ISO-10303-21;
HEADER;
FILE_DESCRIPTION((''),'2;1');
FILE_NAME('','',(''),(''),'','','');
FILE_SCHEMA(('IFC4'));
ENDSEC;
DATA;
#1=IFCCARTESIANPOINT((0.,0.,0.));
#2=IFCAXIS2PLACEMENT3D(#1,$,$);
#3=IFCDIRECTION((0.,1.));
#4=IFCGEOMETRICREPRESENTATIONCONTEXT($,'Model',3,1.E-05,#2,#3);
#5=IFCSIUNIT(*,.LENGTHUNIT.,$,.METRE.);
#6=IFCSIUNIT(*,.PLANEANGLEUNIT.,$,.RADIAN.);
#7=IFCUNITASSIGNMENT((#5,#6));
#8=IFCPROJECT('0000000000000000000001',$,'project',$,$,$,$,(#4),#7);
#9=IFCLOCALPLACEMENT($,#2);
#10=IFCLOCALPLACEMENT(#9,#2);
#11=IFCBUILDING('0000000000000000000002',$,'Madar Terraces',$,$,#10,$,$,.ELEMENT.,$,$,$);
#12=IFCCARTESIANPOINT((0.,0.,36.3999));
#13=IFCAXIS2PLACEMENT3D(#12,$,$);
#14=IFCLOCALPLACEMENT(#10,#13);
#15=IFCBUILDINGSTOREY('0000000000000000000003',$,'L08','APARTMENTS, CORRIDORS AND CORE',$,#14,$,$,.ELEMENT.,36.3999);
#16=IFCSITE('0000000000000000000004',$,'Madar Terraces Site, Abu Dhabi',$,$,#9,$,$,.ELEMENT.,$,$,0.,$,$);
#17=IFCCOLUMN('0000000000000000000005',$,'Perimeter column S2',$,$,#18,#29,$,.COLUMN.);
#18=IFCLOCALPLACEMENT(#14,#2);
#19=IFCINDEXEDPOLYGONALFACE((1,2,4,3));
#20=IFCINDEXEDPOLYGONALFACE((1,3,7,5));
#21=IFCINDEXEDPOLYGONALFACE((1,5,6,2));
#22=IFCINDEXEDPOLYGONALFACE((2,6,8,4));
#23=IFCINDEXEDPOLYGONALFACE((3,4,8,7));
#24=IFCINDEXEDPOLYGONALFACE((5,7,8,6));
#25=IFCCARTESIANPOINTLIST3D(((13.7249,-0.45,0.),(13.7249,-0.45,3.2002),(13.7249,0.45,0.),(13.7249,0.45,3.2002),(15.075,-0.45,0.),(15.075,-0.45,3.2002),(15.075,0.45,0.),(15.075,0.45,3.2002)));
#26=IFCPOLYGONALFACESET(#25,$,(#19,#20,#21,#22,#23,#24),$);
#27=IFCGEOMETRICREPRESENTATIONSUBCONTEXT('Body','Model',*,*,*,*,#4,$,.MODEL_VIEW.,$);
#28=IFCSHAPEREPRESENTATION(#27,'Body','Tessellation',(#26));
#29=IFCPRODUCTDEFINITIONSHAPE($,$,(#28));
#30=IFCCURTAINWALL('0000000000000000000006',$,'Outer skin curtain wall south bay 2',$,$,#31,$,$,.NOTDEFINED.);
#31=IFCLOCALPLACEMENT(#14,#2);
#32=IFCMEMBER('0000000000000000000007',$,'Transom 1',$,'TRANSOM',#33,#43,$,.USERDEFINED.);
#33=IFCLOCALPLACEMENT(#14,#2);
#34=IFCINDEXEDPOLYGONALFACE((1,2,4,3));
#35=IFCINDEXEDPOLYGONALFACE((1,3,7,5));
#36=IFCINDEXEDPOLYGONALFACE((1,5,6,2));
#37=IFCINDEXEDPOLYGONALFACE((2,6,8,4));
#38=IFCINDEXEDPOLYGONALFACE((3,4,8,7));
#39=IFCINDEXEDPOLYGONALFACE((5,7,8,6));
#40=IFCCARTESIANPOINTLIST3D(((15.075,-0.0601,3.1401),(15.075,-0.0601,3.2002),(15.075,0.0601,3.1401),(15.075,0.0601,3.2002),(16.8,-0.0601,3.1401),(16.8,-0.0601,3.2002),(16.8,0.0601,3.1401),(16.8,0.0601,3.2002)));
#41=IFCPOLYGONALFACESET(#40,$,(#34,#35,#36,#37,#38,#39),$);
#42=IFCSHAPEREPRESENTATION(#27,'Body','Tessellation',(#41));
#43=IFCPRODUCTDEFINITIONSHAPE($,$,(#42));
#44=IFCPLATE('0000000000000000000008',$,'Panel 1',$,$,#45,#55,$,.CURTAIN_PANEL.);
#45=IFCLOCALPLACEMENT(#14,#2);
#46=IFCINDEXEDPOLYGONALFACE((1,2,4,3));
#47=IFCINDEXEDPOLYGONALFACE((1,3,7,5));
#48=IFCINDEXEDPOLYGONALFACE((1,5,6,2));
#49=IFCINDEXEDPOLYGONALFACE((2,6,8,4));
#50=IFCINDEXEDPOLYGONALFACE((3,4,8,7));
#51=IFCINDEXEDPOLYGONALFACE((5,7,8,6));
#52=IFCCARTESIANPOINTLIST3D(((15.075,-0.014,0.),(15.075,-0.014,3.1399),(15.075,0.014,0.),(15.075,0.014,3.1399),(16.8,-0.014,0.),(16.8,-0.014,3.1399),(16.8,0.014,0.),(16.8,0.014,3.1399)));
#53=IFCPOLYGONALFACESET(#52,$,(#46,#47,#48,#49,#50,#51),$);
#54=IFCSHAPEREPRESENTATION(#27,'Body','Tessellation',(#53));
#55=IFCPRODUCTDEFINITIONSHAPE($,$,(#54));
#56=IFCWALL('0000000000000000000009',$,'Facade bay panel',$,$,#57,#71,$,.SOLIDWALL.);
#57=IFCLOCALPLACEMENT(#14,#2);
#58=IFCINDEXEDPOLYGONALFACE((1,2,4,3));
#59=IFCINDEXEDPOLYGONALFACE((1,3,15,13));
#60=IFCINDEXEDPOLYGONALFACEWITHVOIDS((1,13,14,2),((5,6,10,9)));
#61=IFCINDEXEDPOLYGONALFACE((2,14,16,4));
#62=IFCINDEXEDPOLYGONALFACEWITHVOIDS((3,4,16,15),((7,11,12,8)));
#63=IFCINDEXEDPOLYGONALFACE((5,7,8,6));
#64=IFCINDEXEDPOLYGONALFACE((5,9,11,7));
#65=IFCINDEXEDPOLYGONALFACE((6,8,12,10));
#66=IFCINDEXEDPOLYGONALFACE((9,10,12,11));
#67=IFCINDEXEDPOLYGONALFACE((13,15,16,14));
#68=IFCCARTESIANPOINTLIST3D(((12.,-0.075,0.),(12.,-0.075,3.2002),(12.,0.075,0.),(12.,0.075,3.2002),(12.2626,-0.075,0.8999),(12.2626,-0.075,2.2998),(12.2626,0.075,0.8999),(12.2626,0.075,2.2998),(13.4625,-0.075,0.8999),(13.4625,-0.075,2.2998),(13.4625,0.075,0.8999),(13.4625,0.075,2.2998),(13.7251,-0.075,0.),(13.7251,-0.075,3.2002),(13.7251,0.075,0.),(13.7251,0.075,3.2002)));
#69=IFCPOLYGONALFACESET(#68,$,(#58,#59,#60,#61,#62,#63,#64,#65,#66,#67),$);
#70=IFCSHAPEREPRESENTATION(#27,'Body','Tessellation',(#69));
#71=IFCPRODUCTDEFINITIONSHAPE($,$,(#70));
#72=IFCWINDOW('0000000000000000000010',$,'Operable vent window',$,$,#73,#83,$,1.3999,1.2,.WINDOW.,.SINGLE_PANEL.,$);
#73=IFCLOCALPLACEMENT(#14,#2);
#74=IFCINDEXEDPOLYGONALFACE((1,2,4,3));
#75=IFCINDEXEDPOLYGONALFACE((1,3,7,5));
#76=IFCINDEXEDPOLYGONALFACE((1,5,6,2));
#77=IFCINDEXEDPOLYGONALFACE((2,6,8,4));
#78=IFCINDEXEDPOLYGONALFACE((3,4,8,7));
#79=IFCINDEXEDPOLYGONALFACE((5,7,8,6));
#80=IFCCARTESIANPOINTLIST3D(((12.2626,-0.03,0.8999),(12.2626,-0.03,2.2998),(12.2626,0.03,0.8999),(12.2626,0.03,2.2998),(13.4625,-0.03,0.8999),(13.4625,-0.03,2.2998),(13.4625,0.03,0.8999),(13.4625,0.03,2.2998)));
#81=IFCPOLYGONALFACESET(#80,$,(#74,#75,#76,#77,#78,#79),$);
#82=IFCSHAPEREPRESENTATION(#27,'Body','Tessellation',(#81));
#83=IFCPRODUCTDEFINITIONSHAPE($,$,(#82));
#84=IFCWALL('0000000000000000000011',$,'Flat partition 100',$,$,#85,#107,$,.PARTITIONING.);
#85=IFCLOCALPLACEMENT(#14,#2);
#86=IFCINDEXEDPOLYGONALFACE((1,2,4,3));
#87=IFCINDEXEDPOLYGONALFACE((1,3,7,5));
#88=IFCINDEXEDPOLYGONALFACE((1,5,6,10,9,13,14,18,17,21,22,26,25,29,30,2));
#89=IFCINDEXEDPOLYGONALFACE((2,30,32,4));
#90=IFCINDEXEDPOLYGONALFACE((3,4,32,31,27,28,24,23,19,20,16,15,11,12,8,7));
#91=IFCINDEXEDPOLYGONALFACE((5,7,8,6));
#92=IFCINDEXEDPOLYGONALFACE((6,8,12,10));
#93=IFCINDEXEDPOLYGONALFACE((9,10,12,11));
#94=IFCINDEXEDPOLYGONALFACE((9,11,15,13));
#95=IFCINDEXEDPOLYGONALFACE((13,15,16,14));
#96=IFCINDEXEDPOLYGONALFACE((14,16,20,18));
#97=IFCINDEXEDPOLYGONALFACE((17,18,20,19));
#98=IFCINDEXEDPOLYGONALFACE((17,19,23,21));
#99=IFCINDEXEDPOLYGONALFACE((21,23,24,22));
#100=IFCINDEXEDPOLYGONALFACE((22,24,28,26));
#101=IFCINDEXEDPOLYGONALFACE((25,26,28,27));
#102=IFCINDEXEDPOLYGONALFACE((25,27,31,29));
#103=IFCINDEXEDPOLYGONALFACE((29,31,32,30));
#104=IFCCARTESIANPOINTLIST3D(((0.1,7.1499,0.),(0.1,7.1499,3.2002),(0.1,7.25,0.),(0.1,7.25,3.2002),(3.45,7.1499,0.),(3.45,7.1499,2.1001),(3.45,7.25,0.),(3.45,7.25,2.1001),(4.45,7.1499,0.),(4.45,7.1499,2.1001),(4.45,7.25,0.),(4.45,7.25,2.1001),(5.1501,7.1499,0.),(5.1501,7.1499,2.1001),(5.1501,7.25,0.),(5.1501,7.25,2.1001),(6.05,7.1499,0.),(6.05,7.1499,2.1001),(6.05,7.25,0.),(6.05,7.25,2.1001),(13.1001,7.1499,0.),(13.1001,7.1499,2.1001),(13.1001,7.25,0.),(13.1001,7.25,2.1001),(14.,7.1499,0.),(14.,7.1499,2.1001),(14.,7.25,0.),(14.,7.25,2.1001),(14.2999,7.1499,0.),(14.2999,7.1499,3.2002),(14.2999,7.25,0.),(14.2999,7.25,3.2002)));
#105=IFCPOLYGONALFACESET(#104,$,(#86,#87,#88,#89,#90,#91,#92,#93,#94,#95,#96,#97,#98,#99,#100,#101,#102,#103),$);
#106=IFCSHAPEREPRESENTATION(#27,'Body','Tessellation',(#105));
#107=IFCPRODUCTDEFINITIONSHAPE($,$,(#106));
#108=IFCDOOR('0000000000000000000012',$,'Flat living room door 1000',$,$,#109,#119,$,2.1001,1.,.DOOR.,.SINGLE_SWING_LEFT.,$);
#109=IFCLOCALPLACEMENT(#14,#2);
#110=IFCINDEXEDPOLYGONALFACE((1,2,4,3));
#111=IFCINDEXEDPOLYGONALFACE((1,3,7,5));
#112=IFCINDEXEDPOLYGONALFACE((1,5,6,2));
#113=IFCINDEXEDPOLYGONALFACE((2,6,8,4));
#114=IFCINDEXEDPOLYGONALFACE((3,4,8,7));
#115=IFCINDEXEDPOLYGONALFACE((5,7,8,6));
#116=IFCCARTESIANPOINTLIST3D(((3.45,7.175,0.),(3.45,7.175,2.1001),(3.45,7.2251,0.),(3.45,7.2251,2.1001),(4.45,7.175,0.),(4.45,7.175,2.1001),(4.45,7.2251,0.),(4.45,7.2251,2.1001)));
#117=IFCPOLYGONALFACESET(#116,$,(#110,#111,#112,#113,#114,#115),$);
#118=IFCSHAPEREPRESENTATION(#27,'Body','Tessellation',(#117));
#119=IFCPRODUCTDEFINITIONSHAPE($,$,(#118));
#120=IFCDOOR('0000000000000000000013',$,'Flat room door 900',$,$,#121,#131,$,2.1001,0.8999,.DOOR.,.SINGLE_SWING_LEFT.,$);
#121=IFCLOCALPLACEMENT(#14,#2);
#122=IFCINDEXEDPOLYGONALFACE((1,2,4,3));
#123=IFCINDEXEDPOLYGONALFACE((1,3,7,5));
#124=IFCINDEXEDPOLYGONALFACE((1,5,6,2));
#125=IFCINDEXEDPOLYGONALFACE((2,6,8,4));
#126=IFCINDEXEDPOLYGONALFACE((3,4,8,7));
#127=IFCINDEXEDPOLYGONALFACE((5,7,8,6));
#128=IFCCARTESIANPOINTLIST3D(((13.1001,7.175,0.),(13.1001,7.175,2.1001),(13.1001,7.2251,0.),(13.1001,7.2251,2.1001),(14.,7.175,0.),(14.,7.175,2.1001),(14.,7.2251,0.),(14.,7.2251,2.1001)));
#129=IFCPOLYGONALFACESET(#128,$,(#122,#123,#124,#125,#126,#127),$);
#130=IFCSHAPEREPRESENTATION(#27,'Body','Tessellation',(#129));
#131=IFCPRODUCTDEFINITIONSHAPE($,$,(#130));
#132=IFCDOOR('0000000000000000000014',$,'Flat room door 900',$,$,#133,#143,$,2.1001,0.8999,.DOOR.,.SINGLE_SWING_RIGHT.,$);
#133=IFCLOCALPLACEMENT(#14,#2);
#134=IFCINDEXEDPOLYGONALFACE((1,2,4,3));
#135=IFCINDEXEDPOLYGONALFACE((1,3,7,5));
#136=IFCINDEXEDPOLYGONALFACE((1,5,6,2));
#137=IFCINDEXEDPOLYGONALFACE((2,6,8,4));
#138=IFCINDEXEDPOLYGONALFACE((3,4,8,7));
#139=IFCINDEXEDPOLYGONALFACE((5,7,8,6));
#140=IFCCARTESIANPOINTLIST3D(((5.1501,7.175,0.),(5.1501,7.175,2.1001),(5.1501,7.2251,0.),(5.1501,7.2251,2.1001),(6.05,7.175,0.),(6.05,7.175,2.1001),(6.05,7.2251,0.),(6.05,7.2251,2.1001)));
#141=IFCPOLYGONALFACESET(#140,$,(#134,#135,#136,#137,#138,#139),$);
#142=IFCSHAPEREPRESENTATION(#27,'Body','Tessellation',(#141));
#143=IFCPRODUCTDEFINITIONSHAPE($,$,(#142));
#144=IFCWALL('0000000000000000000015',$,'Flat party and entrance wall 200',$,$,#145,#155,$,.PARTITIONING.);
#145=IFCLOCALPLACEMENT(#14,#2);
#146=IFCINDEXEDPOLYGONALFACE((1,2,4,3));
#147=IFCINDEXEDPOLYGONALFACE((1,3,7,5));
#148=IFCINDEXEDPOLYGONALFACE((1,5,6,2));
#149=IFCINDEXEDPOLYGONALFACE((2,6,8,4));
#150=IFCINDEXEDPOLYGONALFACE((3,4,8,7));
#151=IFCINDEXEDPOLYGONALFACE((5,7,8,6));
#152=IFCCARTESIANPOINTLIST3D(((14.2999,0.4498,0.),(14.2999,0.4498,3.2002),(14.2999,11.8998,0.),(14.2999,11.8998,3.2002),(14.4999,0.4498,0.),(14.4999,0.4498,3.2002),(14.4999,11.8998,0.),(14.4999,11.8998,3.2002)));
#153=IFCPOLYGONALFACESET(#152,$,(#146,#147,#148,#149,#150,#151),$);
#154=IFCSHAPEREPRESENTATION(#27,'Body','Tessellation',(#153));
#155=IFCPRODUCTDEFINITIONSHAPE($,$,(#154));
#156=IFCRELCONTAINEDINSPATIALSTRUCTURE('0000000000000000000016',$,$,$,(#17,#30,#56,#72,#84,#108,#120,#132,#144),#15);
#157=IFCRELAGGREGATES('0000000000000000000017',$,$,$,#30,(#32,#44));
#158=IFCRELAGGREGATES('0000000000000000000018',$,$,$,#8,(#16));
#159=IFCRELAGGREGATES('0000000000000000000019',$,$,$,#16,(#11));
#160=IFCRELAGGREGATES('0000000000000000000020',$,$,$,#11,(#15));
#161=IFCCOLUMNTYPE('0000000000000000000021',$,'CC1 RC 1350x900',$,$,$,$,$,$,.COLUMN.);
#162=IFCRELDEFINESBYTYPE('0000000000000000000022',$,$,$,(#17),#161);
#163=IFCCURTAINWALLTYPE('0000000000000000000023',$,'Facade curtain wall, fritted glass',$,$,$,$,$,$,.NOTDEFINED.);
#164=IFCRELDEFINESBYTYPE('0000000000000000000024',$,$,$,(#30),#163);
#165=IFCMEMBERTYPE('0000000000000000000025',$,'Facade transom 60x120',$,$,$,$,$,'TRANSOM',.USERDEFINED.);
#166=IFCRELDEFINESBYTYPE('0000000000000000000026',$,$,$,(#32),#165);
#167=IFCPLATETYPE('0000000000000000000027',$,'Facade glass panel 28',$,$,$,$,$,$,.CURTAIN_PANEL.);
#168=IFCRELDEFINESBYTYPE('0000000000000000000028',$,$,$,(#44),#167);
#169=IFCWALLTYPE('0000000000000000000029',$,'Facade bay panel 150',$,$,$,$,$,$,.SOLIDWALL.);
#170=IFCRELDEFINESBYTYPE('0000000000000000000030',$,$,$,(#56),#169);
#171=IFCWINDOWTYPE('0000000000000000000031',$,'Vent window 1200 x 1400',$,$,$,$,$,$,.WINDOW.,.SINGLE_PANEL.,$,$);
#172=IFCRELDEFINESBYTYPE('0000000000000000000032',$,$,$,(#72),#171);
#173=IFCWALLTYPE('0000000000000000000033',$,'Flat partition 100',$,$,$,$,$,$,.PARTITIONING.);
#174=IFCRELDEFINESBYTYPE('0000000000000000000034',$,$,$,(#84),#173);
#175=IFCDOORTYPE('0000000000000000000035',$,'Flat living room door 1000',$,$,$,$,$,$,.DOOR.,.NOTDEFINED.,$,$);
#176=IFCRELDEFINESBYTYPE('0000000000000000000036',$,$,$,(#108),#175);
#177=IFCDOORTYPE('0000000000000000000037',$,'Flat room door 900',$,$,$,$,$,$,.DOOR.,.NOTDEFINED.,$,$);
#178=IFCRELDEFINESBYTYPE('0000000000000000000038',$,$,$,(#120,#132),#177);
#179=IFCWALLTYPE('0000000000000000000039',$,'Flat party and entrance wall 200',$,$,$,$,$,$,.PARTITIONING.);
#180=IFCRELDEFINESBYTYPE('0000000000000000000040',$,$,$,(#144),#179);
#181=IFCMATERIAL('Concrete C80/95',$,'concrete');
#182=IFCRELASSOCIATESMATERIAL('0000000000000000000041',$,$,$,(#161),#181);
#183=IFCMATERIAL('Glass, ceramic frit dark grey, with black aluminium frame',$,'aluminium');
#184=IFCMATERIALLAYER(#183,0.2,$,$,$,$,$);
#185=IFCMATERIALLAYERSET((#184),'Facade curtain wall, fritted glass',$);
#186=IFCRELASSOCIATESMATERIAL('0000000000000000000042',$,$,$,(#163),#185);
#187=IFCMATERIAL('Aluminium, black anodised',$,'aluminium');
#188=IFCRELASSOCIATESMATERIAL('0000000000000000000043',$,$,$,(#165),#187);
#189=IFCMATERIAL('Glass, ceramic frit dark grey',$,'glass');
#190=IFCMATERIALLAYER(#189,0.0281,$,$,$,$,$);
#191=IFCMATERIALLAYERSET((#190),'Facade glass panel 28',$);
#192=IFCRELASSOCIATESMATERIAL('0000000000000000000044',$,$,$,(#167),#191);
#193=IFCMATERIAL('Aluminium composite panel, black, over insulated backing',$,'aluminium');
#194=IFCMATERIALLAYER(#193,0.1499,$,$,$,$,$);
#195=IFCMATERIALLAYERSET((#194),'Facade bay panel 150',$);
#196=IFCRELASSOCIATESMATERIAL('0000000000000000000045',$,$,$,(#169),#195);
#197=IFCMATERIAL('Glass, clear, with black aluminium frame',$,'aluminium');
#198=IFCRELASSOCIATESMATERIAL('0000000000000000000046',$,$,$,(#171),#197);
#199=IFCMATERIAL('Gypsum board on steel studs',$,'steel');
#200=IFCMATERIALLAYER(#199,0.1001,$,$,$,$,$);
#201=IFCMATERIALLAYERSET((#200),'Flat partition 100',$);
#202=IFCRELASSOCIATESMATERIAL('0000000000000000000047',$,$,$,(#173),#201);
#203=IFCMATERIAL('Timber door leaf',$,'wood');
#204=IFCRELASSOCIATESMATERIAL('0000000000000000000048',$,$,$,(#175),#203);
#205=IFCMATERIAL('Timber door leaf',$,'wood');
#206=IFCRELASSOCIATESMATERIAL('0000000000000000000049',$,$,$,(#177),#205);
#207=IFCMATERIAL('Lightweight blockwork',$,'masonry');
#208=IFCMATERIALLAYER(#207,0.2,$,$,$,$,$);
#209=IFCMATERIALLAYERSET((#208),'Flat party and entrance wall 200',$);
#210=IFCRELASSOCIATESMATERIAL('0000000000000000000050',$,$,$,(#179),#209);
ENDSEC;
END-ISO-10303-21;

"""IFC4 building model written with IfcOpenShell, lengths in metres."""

from ifc_helpers import new_model, si_unit, direction, frame, frame_2d, origin, origin_2d, place, context, subcontext, project, spatial, rectangle, extrude, material, layer, layer_set, material_profile, profile_set, type_object, element, fill, aggregate, save


model = new_model("IFC4")

# Units and contexts
model_context = context("Model", 3, precision=1e-05, world=origin(), true_north=direction((0.0, 1.0)))
body_context = subcontext(model_context, "Body", "Model", "MODEL_VIEW")
ifc_project = project(units=[si_unit("LENGTHUNIT", "METRE"), si_unit("PLANEANGLEUNIT", "RADIAN")], contexts=[model_context])

# Site, building, storey
site_placement = place(None, origin())
site = spatial("IfcSite", under=ifc_project, at=site_placement, Name="Madar Terraces Site, Abu Dhabi", CompositionType="ELEMENT", RefElevation=0.0)
building_placement = place(site_placement, origin())
building = spatial("IfcBuilding", under=site, at=building_placement, Name="Madar Terraces", CompositionType="ELEMENT")
storey_placement = place(building_placement, frame((0.0, 0.0, 36.3999)))
storey = spatial("IfcBuildingStorey", under=building, at=storey_placement, Name="L08", Description="APARTMENTS, CORRIDORS AND CORE", CompositionType="ELEMENT", Elevation=36.3999)

# Column
ifc_material_1 = material(Name="Concrete C80/95", Category="concrete")
ifc_material_profile_1 = material_profile(ifc_material_1, rectangle(XDim=1.3501, YDim=0.8999, at=origin_2d()), Name="CC1 RC 1350x900")
ifc_profile_set_1 = profile_set([ifc_material_profile_1], Name="Concrete C80/95")
column_type = type_object("IfcColumnType", Name="CC1 RC 1350x900", PredefinedType="COLUMN", material=ifc_profile_set_1)
column_placement = place(storey_placement, frame((14.3999, 0.0, 0.0), z_axis=(0.0, 0.0, 1.0), x_axis=(1.0, 0.0, 0.0)))
element("IfcColumn", 1, at=column_placement, inside=storey, type_object=column_type, Name="Perimeter column S2", PredefinedType="COLUMN", context=body_context, shape_type="SweptSolid", body=[
    extrude(rectangle(XDim=1.3501, YDim=0.8999, at=origin_2d()), origin(), (0.0, 0.0, 1.0), 3.2002),
])

# Curtain wall, member, plate
ifc_material_2 = material(Name="Glass, ceramic frit dark grey, with black aluminium frame", Category="aluminium")
ifc_layer_1 = layer(ifc_material_2, 0.2)
ifc_layer_set_1 = layer_set([ifc_layer_1], Name="Facade curtain wall, fritted glass")
curtain_wall_type = type_object("IfcCurtainWallType", Name="Facade curtain wall, fritted glass", PredefinedType="NOTDEFINED", material=ifc_layer_set_1)
curtain_wall_placement = place(storey_placement, origin())
curtain_wall = element("IfcCurtainWall", 2, at=curtain_wall_placement, inside=storey, type_object=curtain_wall_type, Name="Outer skin curtain wall south bay 2", PredefinedType="NOTDEFINED")
ifc_material_3 = material(Name="Aluminium, black anodised", Category="aluminium")
ifc_material_profile_2 = material_profile(ifc_material_3, rectangle(XDim=0.1201, YDim=0.0601, at=origin_2d()), Name="Facade transom 60x120")
ifc_profile_set_2 = profile_set([ifc_material_profile_2], Name="Aluminium, black anodised")
member_type = type_object("IfcMemberType", Name="Facade transom 60x120", ElementType="TRANSOM", PredefinedType="USERDEFINED", material=ifc_profile_set_2)
member_placement = place(storey_placement, frame((15.075, 0.0, 3.1702), z_axis=(1.0, 0.0, 0.0), x_axis=(0.0, 1.0, 0.0)))
member = element("IfcMember", 3, at=member_placement, type_object=member_type, Name="Transom 1", ObjectType="TRANSOM", PredefinedType="USERDEFINED", context=body_context, shape_type="SweptSolid", body=[
    extrude(rectangle(XDim=0.1201, YDim=0.0601, at=origin_2d()), origin(), (0.0, 0.0, 1.0), 1.7251),
])
ifc_material_4 = material(Name="Glass, ceramic frit dark grey", Category="glass")
ifc_layer_2 = layer(ifc_material_4, 0.0281)
ifc_layer_set_2 = layer_set([ifc_layer_2], Name="Facade glass panel 28")
plate_type = type_object("IfcPlateType", Name="Facade glass panel 28", PredefinedType="CURTAIN_PANEL", material=ifc_layer_set_2)
plate_placement = place(storey_placement, frame((15.9375, 0.0, 0.0), z_axis=(0.0, 0.0, 1.0), x_axis=(1.0, 0.0, 0.0)))
plate = element("IfcPlate", 4, at=plate_placement, type_object=plate_type, Name="Panel 1", PredefinedType="CURTAIN_PANEL", context=body_context, shape_type="SweptSolid", body=[
    extrude(rectangle(XDim=1.7251, YDim=0.0281, at=origin_2d()), origin(), (0.0, 0.0, 1.0), 3.1399),
])
aggregate(curtain_wall, [member, plate])

# Wall, opening, window
ifc_material_5 = material(Name="Aluminium composite panel, black, over insulated backing", Category="aluminium")
ifc_layer_3 = layer(ifc_material_5, 0.1499)
ifc_layer_set_3 = layer_set([ifc_layer_3], Name="Facade bay panel 150")
wall_type_1 = type_object("IfcWallType", Name="Facade bay panel 150", PredefinedType="SOLIDWALL", material=ifc_layer_set_3)
wall_1_placement = place(storey_placement, frame((12.0, 0.0, 0.0), z_axis=(0.0, 0.0, 1.0), x_axis=(1.0, 0.0, 0.0)))
wall_1 = element("IfcWall", 5, at=wall_1_placement, inside=storey, type_object=wall_type_1, Name="Facade bay panel", PredefinedType="SOLIDWALL", context=body_context, shape_type="SweptSolid", body=[
    extrude(rectangle(XDim=1.7251, YDim=0.1499, at=frame_2d((0.8625, 0.0))), origin(), (0.0, 0.0, 1.0), 3.2002),
])
opening_1_placement = place(wall_1_placement, frame((0.2625, 0.0, 0.8999)))
opening_1 = element("IfcOpeningElement", 6, at=opening_1_placement, cuts=wall_1, PredefinedType="OPENING", context=body_context, shape_type="SweptSolid", body=[
    extrude(rectangle(XDim=1.2, YDim=1.3999, at=frame_2d((0.6001, 0.7))), frame((0.0, 0.085, 0.0), z_axis=(0.0, -1.0, 0.0), x_axis=(1.0, 0.0, 0.0)), (0.0, 0.0, 1.0), 0.1699),
])
ifc_material_6 = material(Name="Glass, clear, with black aluminium frame", Category="aluminium")
window_type = type_object("IfcWindowType", Name="Vent window 1200 x 1400", PartitioningType="SINGLE_PANEL", PredefinedType="WINDOW", material=ifc_material_6)
window_placement = place(opening_1_placement, origin())
window = element("IfcWindow", 7, at=window_placement, inside=storey, type_object=window_type, Name="Operable vent window", OverallHeight=1.3999, OverallWidth=1.2, PartitioningType="SINGLE_PANEL", PredefinedType="WINDOW", context=body_context, shape_type="SweptSolid", body=[
    extrude(rectangle(XDim=1.2, YDim=1.3999, at=frame_2d((0.6001, 0.7))), frame((0.0, 0.03, 0.0), z_axis=(0.0, -1.0, 0.0), x_axis=(1.0, 0.0, 0.0)), (0.0, 0.0, 1.0), 0.0601),
])
fill(opening_1, window)

# Wall, openings, doors
ifc_material_7 = material(Name="Gypsum board on steel studs", Category="steel")
ifc_layer_4 = layer(ifc_material_7, 0.1001)
ifc_layer_set_4 = layer_set([ifc_layer_4], Name="Flat partition 100")
wall_type_2 = type_object("IfcWallType", Name="Flat partition 100", PredefinedType="PARTITIONING", material=ifc_layer_set_4)
wall_2_placement = place(storey_placement, frame((14.3, 7.2, 0.0), z_axis=(0.0, 0.0, 1.0), x_axis=(-1.0, 0.0, 0.0)))
wall_2 = element("IfcWall", 8, at=wall_2_placement, inside=storey, type_object=wall_type_2, Name="Flat partition 100", PredefinedType="PARTITIONING", context=body_context, shape_type="SweptSolid", body=[
    extrude(rectangle(XDim=14.2, YDim=0.1001, at=frame_2d((7.1001, 0.0))), origin(), (0.0, 0.0, 1.0), 3.2002),
])
opening_2_placement = place(wall_2_placement, frame((0.3, 0.0, 0.0)))
opening_2 = element("IfcOpeningElement", 9, at=opening_2_placement, cuts=wall_2, PredefinedType="OPENING", context=body_context, shape_type="SweptSolid", body=[
    extrude(rectangle(XDim=0.8999, YDim=2.1001, at=frame_2d((0.45, 1.05))), frame((0.0, 0.0601, 0.0), z_axis=(0.0, -1.0, 0.0), x_axis=(1.0, 0.0, 0.0)), (0.0, 0.0, 1.0), 0.1201),
])
opening_3_placement = place(wall_2_placement, frame((8.25, 0.0, 0.0)))
opening_3 = element("IfcOpeningElement", 10, at=opening_3_placement, cuts=wall_2, PredefinedType="OPENING", context=body_context, shape_type="SweptSolid", body=[
    extrude(rectangle(XDim=0.8999, YDim=2.1001, at=frame_2d((0.45, 1.05))), frame((0.0, 0.0601, 0.0), z_axis=(0.0, -1.0, 0.0), x_axis=(1.0, 0.0, 0.0)), (0.0, 0.0, 1.0), 0.1201),
])
opening_4_placement = place(wall_2_placement, frame((9.8501, 0.0, 0.0)))
opening_4 = element("IfcOpeningElement", 11, at=opening_4_placement, cuts=wall_2, PredefinedType="OPENING", context=body_context, shape_type="SweptSolid", body=[
    extrude(rectangle(XDim=1.0, YDim=2.1001, at=frame_2d((0.5, 1.05))), frame((0.0, 0.0601, 0.0), z_axis=(0.0, -1.0, 0.0), x_axis=(1.0, 0.0, 0.0)), (0.0, 0.0, 1.0), 0.1201),
])
ifc_material_8 = material(Name="Timber door leaf", Category="wood")
door_type_1 = type_object("IfcDoorType", Name="Flat living room door 1000", OperationType="NOTDEFINED", PredefinedType="DOOR", material=ifc_material_8)
door_1_placement = place(opening_4_placement, origin())
door_1 = element("IfcDoor", 12, at=door_1_placement, inside=storey, type_object=door_type_1, Name="Flat living room door 1000", OperationType="SINGLE_SWING_LEFT", OverallHeight=2.1001, OverallWidth=1.0, PredefinedType="DOOR", context=body_context, shape_type="SweptSolid", body=[
    extrude(rectangle(XDim=1.0, YDim=2.1001, at=frame_2d((0.5, 1.05))), frame((0.0, 0.0249, 0.0), z_axis=(0.0, -1.0, 0.0), x_axis=(1.0, 0.0, 0.0)), (0.0, 0.0, 1.0), 0.05),
])
fill(opening_4, door_1)
ifc_material_9 = material(Name="Timber door leaf", Category="wood")
door_type_2 = type_object("IfcDoorType", Name="Flat room door 900", OperationType="NOTDEFINED", PredefinedType="DOOR", material=ifc_material_9)
door_2_placement = place(opening_2_placement, origin())
door_2 = element("IfcDoor", 13, at=door_2_placement, inside=storey, type_object=door_type_2, Name="Flat room door 900", OperationType="SINGLE_SWING_LEFT", OverallHeight=2.1001, OverallWidth=0.8999, PredefinedType="DOOR", context=body_context, shape_type="SweptSolid", body=[
    extrude(rectangle(XDim=0.8999, YDim=2.1001, at=frame_2d((0.45, 1.05))), frame((0.0, 0.0249, 0.0), z_axis=(0.0, -1.0, 0.0), x_axis=(1.0, 0.0, 0.0)), (0.0, 0.0, 1.0), 0.05),
])
fill(opening_2, door_2)
door_3_placement = place(opening_3_placement, origin())
door_3 = element("IfcDoor", 14, at=door_3_placement, inside=storey, type_object=door_type_2, Name="Flat room door 900", OperationType="SINGLE_SWING_RIGHT", OverallHeight=2.1001, OverallWidth=0.8999, PredefinedType="DOOR", context=body_context, shape_type="SweptSolid", body=[
    extrude(rectangle(XDim=0.8999, YDim=2.1001, at=frame_2d((0.45, 1.05))), frame((0.0, 0.0249, 0.0), z_axis=(0.0, -1.0, 0.0), x_axis=(1.0, 0.0, 0.0)), (0.0, 0.0, 1.0), 0.05),
])
fill(opening_3, door_3)

# Wall
ifc_material_10 = material(Name="Lightweight blockwork", Category="masonry")
ifc_layer_5 = layer(ifc_material_10, 0.2)
ifc_layer_set_5 = layer_set([ifc_layer_5], Name="Flat party and entrance wall 200")
wall_type_3 = type_object("IfcWallType", Name="Flat party and entrance wall 200", PredefinedType="PARTITIONING", material=ifc_layer_set_5)
wall_3_placement = place(storey_placement, frame((14.3999, 11.8999, 0.0), z_axis=(0.0, 0.0, 1.0), x_axis=(0.0, -1.0, 0.0)))
element("IfcWall", 15, at=wall_3_placement, inside=storey, type_object=wall_type_3, Name="Flat party and entrance wall 200", PredefinedType="PARTITIONING", context=body_context, shape_type="SweptSolid", body=[
    extrude(rectangle(XDim=11.45, YDim=0.2, at=frame_2d((5.7251, 0.0))), origin(), (0.0, 0.0, 1.0), 3.2002),
])

save(model, "model.ifc")
